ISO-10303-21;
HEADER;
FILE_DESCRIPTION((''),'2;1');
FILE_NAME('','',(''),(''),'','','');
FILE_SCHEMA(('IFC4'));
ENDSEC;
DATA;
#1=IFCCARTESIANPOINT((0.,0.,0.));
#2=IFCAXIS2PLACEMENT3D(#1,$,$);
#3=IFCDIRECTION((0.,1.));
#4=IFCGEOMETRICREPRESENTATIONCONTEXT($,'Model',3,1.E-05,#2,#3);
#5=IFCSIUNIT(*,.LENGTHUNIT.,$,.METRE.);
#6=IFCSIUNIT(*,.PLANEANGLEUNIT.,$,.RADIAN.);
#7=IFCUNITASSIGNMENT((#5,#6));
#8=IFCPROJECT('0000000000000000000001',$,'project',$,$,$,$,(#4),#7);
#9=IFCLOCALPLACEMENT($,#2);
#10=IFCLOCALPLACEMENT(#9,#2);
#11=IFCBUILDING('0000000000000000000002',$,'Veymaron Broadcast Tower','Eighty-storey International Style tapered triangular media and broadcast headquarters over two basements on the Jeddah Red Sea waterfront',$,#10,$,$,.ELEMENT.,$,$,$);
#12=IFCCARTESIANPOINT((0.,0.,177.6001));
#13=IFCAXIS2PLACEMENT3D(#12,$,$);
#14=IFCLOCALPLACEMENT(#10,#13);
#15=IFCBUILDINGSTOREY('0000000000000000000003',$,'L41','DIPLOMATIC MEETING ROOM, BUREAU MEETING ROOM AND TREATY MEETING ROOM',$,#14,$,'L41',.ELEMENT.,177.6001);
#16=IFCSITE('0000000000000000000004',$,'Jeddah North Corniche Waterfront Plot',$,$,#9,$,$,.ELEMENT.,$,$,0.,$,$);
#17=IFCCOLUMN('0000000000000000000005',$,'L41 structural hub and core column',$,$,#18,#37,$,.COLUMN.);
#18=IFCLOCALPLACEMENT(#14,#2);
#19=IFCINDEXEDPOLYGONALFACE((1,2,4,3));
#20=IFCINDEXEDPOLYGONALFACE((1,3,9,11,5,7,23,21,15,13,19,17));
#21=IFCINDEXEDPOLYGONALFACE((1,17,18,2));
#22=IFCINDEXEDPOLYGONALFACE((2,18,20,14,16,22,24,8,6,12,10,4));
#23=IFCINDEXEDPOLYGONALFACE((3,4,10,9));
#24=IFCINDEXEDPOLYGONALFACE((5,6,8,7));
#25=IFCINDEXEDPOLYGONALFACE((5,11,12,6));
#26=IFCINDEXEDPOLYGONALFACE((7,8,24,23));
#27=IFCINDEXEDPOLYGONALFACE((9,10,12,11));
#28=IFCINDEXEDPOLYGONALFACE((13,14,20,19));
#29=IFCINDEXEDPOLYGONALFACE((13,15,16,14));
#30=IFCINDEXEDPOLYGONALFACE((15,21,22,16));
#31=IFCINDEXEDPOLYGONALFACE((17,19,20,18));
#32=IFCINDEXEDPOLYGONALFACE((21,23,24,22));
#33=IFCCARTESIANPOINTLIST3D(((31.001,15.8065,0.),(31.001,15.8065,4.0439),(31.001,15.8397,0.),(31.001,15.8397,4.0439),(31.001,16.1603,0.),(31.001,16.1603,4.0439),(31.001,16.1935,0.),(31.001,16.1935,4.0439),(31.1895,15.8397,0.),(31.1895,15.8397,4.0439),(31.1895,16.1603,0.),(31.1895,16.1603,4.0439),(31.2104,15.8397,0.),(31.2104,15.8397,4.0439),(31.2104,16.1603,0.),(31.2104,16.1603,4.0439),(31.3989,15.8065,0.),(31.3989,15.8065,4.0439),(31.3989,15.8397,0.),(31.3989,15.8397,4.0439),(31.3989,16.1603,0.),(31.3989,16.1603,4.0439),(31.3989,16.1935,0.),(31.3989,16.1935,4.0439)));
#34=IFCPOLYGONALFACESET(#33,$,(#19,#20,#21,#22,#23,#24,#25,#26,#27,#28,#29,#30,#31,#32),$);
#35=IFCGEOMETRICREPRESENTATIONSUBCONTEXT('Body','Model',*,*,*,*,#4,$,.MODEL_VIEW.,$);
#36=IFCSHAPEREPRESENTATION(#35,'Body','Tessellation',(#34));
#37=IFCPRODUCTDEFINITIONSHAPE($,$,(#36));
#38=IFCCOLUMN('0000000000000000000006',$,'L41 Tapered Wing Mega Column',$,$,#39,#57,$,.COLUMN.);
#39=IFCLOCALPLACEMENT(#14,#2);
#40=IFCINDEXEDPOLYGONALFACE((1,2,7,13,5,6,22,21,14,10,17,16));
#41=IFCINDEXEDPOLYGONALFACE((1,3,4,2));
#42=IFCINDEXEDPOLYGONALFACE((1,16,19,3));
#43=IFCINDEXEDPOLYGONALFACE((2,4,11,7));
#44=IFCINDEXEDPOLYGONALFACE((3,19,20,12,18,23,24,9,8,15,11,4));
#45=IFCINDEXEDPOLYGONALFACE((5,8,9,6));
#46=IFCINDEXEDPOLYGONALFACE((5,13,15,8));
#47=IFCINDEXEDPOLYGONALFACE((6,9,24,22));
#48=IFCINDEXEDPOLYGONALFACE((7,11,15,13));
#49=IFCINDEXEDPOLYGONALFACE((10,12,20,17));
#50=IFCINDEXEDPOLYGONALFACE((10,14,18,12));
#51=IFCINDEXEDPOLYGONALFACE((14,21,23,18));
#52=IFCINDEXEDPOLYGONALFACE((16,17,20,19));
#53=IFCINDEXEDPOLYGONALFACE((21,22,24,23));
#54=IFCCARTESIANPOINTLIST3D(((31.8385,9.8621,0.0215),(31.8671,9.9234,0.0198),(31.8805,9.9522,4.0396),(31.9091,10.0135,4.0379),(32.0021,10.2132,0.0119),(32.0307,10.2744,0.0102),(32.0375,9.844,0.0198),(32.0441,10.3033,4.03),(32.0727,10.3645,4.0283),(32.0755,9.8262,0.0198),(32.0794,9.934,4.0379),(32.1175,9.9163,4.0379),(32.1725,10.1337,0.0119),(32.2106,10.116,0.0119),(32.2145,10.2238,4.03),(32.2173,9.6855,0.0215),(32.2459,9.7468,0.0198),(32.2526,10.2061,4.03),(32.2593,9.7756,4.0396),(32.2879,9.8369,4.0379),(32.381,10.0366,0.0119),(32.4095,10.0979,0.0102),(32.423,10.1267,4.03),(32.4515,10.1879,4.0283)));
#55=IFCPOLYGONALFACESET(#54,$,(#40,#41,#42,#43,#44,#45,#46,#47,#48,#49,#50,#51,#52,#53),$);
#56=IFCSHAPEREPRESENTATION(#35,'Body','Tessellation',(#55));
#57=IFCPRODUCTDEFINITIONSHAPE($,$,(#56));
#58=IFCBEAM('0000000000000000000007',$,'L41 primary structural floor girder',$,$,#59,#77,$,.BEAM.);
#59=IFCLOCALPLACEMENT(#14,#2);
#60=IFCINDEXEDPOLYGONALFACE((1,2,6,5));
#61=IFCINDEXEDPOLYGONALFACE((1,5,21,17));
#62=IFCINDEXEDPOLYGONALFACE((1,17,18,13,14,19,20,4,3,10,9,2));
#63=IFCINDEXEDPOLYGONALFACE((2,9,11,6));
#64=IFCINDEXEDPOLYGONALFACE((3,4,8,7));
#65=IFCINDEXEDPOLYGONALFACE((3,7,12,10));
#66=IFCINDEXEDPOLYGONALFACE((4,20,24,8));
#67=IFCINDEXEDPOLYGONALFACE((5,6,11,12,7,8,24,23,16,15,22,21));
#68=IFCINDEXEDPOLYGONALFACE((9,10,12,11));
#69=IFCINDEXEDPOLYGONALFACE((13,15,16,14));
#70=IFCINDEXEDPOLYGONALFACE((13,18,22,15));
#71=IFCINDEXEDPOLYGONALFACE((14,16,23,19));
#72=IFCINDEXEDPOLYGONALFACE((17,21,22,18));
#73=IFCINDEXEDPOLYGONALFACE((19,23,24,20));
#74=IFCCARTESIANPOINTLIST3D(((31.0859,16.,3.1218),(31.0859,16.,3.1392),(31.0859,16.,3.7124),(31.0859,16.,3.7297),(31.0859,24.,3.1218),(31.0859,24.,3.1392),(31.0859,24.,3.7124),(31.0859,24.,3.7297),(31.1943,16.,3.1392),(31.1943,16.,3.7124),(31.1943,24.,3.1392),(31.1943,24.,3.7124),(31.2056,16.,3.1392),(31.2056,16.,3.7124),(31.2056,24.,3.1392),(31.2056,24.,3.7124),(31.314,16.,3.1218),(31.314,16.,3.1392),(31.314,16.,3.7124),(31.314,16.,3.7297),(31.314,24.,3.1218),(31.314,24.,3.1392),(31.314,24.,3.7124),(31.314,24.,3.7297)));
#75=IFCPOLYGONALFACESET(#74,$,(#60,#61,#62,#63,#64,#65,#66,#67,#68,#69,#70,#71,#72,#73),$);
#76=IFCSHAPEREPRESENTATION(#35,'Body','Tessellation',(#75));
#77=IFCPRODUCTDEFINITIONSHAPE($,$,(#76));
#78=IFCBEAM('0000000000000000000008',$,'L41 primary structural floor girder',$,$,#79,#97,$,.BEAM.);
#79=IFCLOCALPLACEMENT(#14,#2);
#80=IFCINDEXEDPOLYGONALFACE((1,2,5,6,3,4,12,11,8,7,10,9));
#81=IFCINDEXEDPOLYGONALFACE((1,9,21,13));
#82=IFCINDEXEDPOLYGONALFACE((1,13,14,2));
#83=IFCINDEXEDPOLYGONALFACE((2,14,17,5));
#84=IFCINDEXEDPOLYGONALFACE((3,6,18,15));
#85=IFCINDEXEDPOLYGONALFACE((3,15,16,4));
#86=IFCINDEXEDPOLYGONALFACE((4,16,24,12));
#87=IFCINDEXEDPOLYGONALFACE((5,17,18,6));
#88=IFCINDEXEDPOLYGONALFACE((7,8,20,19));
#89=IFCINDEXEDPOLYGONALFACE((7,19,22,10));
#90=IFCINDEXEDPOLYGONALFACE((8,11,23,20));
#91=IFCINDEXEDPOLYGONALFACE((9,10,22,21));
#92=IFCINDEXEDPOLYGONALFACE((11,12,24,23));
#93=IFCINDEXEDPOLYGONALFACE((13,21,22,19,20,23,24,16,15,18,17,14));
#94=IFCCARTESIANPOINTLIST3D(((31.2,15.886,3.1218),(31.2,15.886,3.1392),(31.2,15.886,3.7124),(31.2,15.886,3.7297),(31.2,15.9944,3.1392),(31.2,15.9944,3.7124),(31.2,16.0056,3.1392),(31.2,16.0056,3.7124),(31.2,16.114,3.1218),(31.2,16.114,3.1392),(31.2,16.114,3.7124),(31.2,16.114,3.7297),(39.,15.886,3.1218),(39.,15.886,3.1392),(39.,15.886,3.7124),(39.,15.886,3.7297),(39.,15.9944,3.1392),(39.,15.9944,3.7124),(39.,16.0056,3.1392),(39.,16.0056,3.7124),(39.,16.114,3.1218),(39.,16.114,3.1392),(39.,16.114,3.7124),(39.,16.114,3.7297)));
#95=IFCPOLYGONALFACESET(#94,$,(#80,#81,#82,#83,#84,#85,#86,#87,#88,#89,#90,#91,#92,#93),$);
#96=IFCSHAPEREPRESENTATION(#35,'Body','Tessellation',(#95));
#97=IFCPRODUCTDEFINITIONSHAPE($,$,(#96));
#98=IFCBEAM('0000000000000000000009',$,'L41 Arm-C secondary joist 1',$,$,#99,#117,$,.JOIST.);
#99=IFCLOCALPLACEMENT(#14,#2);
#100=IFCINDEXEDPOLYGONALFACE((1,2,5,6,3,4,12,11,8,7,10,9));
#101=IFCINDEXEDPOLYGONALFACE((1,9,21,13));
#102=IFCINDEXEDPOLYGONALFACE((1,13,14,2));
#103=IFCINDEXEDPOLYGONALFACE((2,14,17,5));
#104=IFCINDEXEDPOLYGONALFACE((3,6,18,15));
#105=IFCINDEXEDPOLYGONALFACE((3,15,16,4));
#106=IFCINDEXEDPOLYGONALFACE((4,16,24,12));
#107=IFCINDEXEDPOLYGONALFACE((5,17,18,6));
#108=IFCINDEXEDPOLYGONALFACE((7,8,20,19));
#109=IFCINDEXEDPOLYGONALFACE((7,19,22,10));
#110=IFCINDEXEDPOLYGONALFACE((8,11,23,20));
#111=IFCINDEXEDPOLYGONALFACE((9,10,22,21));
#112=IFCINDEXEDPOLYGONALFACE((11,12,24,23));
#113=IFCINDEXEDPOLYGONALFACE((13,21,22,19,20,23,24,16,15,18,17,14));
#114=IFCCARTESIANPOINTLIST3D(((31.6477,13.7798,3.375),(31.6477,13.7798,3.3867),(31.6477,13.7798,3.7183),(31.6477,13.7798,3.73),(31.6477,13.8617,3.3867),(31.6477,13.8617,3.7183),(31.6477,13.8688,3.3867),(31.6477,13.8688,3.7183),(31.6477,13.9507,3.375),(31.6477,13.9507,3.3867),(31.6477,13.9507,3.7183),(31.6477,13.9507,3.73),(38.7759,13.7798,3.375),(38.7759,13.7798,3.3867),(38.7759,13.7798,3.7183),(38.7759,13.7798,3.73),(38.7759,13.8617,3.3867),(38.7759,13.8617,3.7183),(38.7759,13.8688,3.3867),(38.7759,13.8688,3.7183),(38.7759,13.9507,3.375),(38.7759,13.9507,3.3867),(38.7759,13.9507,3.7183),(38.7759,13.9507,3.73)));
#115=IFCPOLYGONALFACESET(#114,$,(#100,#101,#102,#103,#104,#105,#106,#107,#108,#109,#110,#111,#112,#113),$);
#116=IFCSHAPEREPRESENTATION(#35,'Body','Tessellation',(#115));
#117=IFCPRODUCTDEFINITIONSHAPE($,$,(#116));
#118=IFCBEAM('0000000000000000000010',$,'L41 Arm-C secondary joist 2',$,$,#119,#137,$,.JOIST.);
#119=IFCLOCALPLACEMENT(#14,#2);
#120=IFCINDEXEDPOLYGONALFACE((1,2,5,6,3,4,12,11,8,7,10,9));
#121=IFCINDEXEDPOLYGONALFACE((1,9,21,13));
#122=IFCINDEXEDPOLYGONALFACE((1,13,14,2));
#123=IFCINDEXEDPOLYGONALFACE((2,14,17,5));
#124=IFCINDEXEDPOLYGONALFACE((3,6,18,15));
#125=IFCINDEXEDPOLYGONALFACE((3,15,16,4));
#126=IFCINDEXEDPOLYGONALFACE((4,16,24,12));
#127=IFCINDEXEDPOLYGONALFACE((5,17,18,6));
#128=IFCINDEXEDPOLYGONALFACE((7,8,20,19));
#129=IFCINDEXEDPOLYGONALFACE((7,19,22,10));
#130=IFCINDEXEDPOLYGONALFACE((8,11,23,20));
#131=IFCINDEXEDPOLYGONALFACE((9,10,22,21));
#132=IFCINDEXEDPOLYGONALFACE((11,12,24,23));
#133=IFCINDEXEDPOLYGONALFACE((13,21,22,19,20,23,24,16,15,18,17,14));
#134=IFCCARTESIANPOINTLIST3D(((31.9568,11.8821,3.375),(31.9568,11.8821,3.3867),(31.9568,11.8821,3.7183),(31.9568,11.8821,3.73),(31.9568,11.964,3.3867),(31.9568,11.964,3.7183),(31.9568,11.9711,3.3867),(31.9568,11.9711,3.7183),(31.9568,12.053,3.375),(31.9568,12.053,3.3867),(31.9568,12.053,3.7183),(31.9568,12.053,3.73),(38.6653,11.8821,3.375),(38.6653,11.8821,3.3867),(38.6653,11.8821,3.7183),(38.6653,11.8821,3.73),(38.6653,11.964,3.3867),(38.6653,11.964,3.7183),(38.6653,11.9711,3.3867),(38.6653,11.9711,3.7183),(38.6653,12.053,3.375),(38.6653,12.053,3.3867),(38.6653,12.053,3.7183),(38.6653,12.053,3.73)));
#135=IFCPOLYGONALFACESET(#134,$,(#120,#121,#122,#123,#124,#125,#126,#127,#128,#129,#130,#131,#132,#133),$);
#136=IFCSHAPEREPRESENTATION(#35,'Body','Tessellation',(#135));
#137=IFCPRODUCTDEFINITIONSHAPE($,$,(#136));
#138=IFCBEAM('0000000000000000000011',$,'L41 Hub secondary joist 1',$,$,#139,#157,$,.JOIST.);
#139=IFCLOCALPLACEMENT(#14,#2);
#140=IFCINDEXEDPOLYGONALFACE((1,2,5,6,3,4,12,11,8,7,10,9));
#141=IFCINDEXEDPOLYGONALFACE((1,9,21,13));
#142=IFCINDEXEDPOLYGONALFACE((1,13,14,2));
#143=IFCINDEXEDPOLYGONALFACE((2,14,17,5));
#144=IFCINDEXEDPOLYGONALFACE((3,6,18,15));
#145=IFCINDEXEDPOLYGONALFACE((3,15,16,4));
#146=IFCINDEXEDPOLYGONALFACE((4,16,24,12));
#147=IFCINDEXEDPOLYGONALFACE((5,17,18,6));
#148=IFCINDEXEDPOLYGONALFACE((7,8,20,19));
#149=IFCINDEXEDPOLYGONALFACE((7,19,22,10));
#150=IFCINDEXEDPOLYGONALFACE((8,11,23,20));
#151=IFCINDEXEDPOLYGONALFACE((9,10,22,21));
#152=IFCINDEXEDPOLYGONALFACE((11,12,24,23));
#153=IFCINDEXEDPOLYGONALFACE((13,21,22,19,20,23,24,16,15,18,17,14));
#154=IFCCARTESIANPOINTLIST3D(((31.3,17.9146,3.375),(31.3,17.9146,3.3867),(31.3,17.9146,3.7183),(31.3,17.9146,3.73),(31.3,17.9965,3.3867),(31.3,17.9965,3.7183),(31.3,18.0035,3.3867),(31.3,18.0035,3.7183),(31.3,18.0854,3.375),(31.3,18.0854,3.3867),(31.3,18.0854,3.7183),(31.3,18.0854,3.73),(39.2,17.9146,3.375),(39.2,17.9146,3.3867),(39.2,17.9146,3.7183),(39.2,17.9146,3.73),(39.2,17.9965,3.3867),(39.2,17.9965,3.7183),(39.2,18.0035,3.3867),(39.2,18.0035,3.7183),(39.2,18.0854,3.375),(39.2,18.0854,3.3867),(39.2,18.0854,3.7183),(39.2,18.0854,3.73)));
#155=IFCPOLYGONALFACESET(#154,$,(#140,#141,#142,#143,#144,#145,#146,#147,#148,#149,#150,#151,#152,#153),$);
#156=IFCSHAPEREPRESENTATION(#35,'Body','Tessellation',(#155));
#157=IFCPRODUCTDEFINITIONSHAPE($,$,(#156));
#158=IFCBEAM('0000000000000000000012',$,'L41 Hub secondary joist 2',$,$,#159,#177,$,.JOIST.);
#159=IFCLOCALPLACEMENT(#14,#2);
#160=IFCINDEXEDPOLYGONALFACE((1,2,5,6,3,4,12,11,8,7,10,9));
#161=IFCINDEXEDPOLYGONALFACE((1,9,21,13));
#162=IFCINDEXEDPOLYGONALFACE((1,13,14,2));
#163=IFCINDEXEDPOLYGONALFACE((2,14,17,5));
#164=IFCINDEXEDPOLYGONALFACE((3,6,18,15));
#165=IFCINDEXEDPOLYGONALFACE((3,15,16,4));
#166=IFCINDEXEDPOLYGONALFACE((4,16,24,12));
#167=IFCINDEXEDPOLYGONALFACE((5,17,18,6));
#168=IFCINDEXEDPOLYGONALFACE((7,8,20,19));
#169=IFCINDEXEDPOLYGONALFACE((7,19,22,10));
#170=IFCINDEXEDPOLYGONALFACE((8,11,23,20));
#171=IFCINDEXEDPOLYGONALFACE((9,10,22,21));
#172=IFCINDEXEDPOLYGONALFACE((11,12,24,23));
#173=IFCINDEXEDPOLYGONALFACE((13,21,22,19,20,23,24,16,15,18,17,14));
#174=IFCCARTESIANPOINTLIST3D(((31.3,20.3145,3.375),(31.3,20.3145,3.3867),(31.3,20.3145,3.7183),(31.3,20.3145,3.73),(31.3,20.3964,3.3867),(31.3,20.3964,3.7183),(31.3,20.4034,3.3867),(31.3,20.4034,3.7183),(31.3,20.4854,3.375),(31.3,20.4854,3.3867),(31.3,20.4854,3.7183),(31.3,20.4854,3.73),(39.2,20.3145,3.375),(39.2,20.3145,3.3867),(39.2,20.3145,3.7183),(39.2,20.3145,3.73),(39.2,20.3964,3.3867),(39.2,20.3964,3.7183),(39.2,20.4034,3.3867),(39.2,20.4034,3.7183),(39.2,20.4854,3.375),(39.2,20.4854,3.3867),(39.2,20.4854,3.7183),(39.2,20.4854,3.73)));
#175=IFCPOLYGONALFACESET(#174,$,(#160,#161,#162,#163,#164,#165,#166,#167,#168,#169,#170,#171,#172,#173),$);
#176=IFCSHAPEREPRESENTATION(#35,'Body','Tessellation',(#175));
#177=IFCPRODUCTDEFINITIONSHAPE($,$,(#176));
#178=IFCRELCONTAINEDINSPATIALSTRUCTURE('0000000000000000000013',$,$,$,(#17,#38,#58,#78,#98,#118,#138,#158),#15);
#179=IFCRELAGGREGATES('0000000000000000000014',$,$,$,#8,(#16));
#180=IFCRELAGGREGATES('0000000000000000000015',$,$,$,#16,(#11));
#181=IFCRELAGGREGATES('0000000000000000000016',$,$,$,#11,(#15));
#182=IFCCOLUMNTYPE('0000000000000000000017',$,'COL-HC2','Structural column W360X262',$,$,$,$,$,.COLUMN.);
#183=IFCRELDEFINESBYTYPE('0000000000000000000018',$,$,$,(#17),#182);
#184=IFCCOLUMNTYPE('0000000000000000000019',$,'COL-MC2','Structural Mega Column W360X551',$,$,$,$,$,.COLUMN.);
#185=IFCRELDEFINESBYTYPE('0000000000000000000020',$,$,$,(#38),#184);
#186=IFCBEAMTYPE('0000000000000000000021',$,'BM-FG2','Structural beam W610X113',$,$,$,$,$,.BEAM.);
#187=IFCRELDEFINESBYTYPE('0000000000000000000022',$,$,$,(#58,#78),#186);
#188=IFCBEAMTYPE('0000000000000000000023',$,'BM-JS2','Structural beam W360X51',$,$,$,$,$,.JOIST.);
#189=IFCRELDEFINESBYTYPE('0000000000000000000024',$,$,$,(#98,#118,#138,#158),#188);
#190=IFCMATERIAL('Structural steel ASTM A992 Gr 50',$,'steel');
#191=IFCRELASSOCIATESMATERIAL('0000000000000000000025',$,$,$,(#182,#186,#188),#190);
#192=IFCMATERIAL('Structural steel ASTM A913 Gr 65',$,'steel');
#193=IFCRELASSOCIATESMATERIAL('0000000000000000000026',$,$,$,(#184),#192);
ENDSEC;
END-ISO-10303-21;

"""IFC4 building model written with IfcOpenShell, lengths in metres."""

from ifc_helpers import new_model, si_unit, direction, frame, origin, origin_2d, place, context, subcontext, project, spatial, i_section, extrude, material, material_profile, profile_set, type_object, element, save


model = new_model("IFC4")

# Units and contexts
model_context = context("Model", 3, precision=1e-05, world=origin(), true_north=direction((0.0, 1.0)))
body_context = subcontext(model_context, "Body", "Model", "MODEL_VIEW")
ifc_project = project(units=[si_unit("LENGTHUNIT", "METRE"), si_unit("PLANEANGLEUNIT", "RADIAN")], contexts=[model_context])

# Site, building, storey
site_placement = place(None, origin())
site = spatial("IfcSite", under=ifc_project, at=site_placement, Name="Jeddah North Corniche Waterfront Plot", CompositionType="ELEMENT", RefElevation=0.0)
building_placement = place(site_placement, origin())
building = spatial("IfcBuilding", under=site, at=building_placement, Name="Veymaron Broadcast Tower", Description="Eighty-storey International Style tapered triangular media and broadcast headquarters over two basements on the Jeddah Red Sea waterfront", CompositionType="ELEMENT")
storey_placement = place(building_placement, frame((0.0, 0.0, 177.6001)))
storey = spatial("IfcBuildingStorey", under=building, at=storey_placement, Name="L41", Description="DIPLOMATIC MEETING ROOM, BUREAU MEETING ROOM AND TREATY MEETING ROOM", LongName="L41", CompositionType="ELEMENT", Elevation=177.6001)

# Columns
ifc_material_1 = material(Name="Structural steel ASTM A992 Gr 50", Category="steel")
ifc_material_profile_1 = material_profile(ifc_material_1, i_section(OverallWidth=0.3979, OverallDepth=0.387, WebThickness=0.021, FlangeThickness=0.0332, at=origin_2d()), Name="W360X262")
ifc_profile_set_1 = profile_set([ifc_material_profile_1], Name="Structural steel ASTM A992 Gr 50")
column_type_1 = type_object("IfcColumnType", Name="COL-HC2", Description="Structural column W360X262", PredefinedType="COLUMN", material=ifc_profile_set_1)
column_1_placement = place(storey_placement, frame((31.2, 16.0, 0.0), z_axis=(0.0, 0.0, 1.0), x_axis=(1.0, 0.0, 0.0)))
element("IfcColumn", 1, at=column_1_placement, inside=storey, type_object=column_type_1, Name="L41 structural hub and core column", PredefinedType="COLUMN", context=body_context, shape_type="SweptSolid", body=[
    extrude(i_section(OverallWidth=0.3979, OverallDepth=0.387, WebThickness=0.021, FlangeThickness=0.0332, at=origin_2d()), origin(), (0.0, 0.0, 1.0), 4.0439),
])
ifc_material_2 = material(Name="Structural steel ASTM A913 Gr 65", Category="steel")
ifc_material_profile_2 = material_profile(ifc_material_2, i_section(OverallWidth=0.418, OverallDepth=0.4551, WebThickness=0.042, FlangeThickness=0.0676, at=origin_2d()), Name="W360X551")
ifc_profile_set_2 = profile_set([ifc_material_profile_2], Name="Structural steel ASTM A913 Gr 65")
column_type_2 = type_object("IfcColumnType", Name="COL-MC2", Description="Structural Mega Column W360X551", PredefinedType="COLUMN", material=ifc_profile_set_2)
column_2_placement = place(storey_placement, frame((32.124, 9.98, 0.0159), z_axis=(0.010448, 0.022414, 0.999694), x_axis=(-0.906371, 0.422482, 0.0)))
element("IfcColumn", 2, at=column_2_placement, inside=storey, type_object=column_type_2, Name="L41 Tapered Wing Mega Column", PredefinedType="COLUMN", context=body_context, shape_type="SweptSolid", body=[
    extrude(i_section(OverallWidth=0.418, OverallDepth=0.4551, WebThickness=0.042, FlangeThickness=0.0676, at=origin_2d()), origin(), (0.0, 0.0, 1.0), 4.0193),
])

# Beams
ifc_material_profile_3 = material_profile(ifc_material_1, i_section(OverallWidth=0.228, OverallDepth=0.6079, WebThickness=0.0112, FlangeThickness=0.0173, at=origin_2d()), Name="W610X113")
ifc_profile_set_3 = profile_set([ifc_material_profile_3], Name="Structural steel ASTM A992 Gr 50")
beam_type_1 = type_object("IfcBeamType", Name="BM-FG2", Description="Structural beam W610X113", PredefinedType="BEAM", material=ifc_profile_set_3)
beam_1_placement = place(storey_placement, frame((31.2, 16.0, 3.4258), z_axis=(0.0, 1.0, 0.0), x_axis=(-1.0, 0.0, 0.0)))
element("IfcBeam", 3, at=beam_1_placement, inside=storey, type_object=beam_type_1, Name="L41 primary structural floor girder", PredefinedType="BEAM", context=body_context, shape_type="SweptSolid", body=[
    extrude(i_section(OverallWidth=0.228, OverallDepth=0.6079, WebThickness=0.0112, FlangeThickness=0.0173, at=origin_2d()), origin(), (0.0, 0.0, 1.0), 8.0),
])
beam_2_placement = place(storey_placement, frame((31.2, 16.0, 3.4258), z_axis=(1.0, 0.0, 0.0), x_axis=(0.0, 1.0, 0.0)))
element("IfcBeam", 4, at=beam_2_placement, inside=storey, type_object=beam_type_1, Name="L41 primary structural floor girder", PredefinedType="BEAM", context=body_context, shape_type="SweptSolid", body=[
    extrude(i_section(OverallWidth=0.228, OverallDepth=0.6079, WebThickness=0.0112, FlangeThickness=0.0173, at=origin_2d()), origin(), (0.0, 0.0, 1.0), 7.8),
])
ifc_material_profile_4 = material_profile(ifc_material_1, i_section(OverallWidth=0.1709, OverallDepth=0.355, WebThickness=0.0071, FlangeThickness=0.0117, at=origin_2d()), Name="W360X51")
ifc_profile_set_4 = profile_set([ifc_material_profile_4], Name="Structural steel ASTM A992 Gr 50")
beam_type_2 = type_object("IfcBeamType", Name="BM-JS2", Description="Structural beam W360X51", PredefinedType="JOIST", material=ifc_profile_set_4)
beam_3_placement = place(storey_placement, frame((31.6477, 13.8652, 3.5525), z_axis=(1.0, 0.0, 0.0), x_axis=(0.0, 1.0, 0.0)))
element("IfcBeam", 5, at=beam_3_placement, inside=storey, type_object=beam_type_2, Name="L41 Arm-C secondary joist 1", PredefinedType="JOIST", context=body_context, shape_type="SweptSolid", body=[
    extrude(i_section(OverallWidth=0.1709, OverallDepth=0.355, WebThickness=0.0071, FlangeThickness=0.0117, at=origin_2d()), origin(), (0.0, 0.0, 1.0), 7.1282),
])
beam_4_placement = place(storey_placement, frame((31.9568, 11.9675, 3.5525), z_axis=(1.0, 0.0, 0.0), x_axis=(0.0, 1.0, 0.0)))
element("IfcBeam", 6, at=beam_4_placement, inside=storey, type_object=beam_type_2, Name="L41 Arm-C secondary joist 2", PredefinedType="JOIST", context=body_context, shape_type="SweptSolid", body=[
    extrude(i_section(OverallWidth=0.1709, OverallDepth=0.355, WebThickness=0.0071, FlangeThickness=0.0117, at=origin_2d()), origin(), (0.0, 0.0, 1.0), 6.7085),
])
for number, where, z_axis, x_axis, name in (
    (7, (31.3, 18.0, 3.5525), (1.0, 0.0, 0.0), (0.0, 1.0, 0.0), "L41 Hub secondary joist 1"),
    (8, (31.3, 20.3999, 3.5525), (1.0, 0.0, 0.0), (0.0, 1.0, 0.0), "L41 Hub secondary joist 2"),
):
    element("IfcBeam", number, at=place(storey_placement, frame(where, z_axis=z_axis, x_axis=x_axis)), inside=storey, type_object=beam_type_2, Name=name, PredefinedType="JOIST", context=body_context, shape_type="SweptSolid", body=[
        extrude(i_section(OverallWidth=0.1709, OverallDepth=0.355, WebThickness=0.0071, FlangeThickness=0.0117, at=origin_2d()), origin(), (0.0, 0.0, 1.0), 7.8999),
    ])

save(model, "model.ifc")
